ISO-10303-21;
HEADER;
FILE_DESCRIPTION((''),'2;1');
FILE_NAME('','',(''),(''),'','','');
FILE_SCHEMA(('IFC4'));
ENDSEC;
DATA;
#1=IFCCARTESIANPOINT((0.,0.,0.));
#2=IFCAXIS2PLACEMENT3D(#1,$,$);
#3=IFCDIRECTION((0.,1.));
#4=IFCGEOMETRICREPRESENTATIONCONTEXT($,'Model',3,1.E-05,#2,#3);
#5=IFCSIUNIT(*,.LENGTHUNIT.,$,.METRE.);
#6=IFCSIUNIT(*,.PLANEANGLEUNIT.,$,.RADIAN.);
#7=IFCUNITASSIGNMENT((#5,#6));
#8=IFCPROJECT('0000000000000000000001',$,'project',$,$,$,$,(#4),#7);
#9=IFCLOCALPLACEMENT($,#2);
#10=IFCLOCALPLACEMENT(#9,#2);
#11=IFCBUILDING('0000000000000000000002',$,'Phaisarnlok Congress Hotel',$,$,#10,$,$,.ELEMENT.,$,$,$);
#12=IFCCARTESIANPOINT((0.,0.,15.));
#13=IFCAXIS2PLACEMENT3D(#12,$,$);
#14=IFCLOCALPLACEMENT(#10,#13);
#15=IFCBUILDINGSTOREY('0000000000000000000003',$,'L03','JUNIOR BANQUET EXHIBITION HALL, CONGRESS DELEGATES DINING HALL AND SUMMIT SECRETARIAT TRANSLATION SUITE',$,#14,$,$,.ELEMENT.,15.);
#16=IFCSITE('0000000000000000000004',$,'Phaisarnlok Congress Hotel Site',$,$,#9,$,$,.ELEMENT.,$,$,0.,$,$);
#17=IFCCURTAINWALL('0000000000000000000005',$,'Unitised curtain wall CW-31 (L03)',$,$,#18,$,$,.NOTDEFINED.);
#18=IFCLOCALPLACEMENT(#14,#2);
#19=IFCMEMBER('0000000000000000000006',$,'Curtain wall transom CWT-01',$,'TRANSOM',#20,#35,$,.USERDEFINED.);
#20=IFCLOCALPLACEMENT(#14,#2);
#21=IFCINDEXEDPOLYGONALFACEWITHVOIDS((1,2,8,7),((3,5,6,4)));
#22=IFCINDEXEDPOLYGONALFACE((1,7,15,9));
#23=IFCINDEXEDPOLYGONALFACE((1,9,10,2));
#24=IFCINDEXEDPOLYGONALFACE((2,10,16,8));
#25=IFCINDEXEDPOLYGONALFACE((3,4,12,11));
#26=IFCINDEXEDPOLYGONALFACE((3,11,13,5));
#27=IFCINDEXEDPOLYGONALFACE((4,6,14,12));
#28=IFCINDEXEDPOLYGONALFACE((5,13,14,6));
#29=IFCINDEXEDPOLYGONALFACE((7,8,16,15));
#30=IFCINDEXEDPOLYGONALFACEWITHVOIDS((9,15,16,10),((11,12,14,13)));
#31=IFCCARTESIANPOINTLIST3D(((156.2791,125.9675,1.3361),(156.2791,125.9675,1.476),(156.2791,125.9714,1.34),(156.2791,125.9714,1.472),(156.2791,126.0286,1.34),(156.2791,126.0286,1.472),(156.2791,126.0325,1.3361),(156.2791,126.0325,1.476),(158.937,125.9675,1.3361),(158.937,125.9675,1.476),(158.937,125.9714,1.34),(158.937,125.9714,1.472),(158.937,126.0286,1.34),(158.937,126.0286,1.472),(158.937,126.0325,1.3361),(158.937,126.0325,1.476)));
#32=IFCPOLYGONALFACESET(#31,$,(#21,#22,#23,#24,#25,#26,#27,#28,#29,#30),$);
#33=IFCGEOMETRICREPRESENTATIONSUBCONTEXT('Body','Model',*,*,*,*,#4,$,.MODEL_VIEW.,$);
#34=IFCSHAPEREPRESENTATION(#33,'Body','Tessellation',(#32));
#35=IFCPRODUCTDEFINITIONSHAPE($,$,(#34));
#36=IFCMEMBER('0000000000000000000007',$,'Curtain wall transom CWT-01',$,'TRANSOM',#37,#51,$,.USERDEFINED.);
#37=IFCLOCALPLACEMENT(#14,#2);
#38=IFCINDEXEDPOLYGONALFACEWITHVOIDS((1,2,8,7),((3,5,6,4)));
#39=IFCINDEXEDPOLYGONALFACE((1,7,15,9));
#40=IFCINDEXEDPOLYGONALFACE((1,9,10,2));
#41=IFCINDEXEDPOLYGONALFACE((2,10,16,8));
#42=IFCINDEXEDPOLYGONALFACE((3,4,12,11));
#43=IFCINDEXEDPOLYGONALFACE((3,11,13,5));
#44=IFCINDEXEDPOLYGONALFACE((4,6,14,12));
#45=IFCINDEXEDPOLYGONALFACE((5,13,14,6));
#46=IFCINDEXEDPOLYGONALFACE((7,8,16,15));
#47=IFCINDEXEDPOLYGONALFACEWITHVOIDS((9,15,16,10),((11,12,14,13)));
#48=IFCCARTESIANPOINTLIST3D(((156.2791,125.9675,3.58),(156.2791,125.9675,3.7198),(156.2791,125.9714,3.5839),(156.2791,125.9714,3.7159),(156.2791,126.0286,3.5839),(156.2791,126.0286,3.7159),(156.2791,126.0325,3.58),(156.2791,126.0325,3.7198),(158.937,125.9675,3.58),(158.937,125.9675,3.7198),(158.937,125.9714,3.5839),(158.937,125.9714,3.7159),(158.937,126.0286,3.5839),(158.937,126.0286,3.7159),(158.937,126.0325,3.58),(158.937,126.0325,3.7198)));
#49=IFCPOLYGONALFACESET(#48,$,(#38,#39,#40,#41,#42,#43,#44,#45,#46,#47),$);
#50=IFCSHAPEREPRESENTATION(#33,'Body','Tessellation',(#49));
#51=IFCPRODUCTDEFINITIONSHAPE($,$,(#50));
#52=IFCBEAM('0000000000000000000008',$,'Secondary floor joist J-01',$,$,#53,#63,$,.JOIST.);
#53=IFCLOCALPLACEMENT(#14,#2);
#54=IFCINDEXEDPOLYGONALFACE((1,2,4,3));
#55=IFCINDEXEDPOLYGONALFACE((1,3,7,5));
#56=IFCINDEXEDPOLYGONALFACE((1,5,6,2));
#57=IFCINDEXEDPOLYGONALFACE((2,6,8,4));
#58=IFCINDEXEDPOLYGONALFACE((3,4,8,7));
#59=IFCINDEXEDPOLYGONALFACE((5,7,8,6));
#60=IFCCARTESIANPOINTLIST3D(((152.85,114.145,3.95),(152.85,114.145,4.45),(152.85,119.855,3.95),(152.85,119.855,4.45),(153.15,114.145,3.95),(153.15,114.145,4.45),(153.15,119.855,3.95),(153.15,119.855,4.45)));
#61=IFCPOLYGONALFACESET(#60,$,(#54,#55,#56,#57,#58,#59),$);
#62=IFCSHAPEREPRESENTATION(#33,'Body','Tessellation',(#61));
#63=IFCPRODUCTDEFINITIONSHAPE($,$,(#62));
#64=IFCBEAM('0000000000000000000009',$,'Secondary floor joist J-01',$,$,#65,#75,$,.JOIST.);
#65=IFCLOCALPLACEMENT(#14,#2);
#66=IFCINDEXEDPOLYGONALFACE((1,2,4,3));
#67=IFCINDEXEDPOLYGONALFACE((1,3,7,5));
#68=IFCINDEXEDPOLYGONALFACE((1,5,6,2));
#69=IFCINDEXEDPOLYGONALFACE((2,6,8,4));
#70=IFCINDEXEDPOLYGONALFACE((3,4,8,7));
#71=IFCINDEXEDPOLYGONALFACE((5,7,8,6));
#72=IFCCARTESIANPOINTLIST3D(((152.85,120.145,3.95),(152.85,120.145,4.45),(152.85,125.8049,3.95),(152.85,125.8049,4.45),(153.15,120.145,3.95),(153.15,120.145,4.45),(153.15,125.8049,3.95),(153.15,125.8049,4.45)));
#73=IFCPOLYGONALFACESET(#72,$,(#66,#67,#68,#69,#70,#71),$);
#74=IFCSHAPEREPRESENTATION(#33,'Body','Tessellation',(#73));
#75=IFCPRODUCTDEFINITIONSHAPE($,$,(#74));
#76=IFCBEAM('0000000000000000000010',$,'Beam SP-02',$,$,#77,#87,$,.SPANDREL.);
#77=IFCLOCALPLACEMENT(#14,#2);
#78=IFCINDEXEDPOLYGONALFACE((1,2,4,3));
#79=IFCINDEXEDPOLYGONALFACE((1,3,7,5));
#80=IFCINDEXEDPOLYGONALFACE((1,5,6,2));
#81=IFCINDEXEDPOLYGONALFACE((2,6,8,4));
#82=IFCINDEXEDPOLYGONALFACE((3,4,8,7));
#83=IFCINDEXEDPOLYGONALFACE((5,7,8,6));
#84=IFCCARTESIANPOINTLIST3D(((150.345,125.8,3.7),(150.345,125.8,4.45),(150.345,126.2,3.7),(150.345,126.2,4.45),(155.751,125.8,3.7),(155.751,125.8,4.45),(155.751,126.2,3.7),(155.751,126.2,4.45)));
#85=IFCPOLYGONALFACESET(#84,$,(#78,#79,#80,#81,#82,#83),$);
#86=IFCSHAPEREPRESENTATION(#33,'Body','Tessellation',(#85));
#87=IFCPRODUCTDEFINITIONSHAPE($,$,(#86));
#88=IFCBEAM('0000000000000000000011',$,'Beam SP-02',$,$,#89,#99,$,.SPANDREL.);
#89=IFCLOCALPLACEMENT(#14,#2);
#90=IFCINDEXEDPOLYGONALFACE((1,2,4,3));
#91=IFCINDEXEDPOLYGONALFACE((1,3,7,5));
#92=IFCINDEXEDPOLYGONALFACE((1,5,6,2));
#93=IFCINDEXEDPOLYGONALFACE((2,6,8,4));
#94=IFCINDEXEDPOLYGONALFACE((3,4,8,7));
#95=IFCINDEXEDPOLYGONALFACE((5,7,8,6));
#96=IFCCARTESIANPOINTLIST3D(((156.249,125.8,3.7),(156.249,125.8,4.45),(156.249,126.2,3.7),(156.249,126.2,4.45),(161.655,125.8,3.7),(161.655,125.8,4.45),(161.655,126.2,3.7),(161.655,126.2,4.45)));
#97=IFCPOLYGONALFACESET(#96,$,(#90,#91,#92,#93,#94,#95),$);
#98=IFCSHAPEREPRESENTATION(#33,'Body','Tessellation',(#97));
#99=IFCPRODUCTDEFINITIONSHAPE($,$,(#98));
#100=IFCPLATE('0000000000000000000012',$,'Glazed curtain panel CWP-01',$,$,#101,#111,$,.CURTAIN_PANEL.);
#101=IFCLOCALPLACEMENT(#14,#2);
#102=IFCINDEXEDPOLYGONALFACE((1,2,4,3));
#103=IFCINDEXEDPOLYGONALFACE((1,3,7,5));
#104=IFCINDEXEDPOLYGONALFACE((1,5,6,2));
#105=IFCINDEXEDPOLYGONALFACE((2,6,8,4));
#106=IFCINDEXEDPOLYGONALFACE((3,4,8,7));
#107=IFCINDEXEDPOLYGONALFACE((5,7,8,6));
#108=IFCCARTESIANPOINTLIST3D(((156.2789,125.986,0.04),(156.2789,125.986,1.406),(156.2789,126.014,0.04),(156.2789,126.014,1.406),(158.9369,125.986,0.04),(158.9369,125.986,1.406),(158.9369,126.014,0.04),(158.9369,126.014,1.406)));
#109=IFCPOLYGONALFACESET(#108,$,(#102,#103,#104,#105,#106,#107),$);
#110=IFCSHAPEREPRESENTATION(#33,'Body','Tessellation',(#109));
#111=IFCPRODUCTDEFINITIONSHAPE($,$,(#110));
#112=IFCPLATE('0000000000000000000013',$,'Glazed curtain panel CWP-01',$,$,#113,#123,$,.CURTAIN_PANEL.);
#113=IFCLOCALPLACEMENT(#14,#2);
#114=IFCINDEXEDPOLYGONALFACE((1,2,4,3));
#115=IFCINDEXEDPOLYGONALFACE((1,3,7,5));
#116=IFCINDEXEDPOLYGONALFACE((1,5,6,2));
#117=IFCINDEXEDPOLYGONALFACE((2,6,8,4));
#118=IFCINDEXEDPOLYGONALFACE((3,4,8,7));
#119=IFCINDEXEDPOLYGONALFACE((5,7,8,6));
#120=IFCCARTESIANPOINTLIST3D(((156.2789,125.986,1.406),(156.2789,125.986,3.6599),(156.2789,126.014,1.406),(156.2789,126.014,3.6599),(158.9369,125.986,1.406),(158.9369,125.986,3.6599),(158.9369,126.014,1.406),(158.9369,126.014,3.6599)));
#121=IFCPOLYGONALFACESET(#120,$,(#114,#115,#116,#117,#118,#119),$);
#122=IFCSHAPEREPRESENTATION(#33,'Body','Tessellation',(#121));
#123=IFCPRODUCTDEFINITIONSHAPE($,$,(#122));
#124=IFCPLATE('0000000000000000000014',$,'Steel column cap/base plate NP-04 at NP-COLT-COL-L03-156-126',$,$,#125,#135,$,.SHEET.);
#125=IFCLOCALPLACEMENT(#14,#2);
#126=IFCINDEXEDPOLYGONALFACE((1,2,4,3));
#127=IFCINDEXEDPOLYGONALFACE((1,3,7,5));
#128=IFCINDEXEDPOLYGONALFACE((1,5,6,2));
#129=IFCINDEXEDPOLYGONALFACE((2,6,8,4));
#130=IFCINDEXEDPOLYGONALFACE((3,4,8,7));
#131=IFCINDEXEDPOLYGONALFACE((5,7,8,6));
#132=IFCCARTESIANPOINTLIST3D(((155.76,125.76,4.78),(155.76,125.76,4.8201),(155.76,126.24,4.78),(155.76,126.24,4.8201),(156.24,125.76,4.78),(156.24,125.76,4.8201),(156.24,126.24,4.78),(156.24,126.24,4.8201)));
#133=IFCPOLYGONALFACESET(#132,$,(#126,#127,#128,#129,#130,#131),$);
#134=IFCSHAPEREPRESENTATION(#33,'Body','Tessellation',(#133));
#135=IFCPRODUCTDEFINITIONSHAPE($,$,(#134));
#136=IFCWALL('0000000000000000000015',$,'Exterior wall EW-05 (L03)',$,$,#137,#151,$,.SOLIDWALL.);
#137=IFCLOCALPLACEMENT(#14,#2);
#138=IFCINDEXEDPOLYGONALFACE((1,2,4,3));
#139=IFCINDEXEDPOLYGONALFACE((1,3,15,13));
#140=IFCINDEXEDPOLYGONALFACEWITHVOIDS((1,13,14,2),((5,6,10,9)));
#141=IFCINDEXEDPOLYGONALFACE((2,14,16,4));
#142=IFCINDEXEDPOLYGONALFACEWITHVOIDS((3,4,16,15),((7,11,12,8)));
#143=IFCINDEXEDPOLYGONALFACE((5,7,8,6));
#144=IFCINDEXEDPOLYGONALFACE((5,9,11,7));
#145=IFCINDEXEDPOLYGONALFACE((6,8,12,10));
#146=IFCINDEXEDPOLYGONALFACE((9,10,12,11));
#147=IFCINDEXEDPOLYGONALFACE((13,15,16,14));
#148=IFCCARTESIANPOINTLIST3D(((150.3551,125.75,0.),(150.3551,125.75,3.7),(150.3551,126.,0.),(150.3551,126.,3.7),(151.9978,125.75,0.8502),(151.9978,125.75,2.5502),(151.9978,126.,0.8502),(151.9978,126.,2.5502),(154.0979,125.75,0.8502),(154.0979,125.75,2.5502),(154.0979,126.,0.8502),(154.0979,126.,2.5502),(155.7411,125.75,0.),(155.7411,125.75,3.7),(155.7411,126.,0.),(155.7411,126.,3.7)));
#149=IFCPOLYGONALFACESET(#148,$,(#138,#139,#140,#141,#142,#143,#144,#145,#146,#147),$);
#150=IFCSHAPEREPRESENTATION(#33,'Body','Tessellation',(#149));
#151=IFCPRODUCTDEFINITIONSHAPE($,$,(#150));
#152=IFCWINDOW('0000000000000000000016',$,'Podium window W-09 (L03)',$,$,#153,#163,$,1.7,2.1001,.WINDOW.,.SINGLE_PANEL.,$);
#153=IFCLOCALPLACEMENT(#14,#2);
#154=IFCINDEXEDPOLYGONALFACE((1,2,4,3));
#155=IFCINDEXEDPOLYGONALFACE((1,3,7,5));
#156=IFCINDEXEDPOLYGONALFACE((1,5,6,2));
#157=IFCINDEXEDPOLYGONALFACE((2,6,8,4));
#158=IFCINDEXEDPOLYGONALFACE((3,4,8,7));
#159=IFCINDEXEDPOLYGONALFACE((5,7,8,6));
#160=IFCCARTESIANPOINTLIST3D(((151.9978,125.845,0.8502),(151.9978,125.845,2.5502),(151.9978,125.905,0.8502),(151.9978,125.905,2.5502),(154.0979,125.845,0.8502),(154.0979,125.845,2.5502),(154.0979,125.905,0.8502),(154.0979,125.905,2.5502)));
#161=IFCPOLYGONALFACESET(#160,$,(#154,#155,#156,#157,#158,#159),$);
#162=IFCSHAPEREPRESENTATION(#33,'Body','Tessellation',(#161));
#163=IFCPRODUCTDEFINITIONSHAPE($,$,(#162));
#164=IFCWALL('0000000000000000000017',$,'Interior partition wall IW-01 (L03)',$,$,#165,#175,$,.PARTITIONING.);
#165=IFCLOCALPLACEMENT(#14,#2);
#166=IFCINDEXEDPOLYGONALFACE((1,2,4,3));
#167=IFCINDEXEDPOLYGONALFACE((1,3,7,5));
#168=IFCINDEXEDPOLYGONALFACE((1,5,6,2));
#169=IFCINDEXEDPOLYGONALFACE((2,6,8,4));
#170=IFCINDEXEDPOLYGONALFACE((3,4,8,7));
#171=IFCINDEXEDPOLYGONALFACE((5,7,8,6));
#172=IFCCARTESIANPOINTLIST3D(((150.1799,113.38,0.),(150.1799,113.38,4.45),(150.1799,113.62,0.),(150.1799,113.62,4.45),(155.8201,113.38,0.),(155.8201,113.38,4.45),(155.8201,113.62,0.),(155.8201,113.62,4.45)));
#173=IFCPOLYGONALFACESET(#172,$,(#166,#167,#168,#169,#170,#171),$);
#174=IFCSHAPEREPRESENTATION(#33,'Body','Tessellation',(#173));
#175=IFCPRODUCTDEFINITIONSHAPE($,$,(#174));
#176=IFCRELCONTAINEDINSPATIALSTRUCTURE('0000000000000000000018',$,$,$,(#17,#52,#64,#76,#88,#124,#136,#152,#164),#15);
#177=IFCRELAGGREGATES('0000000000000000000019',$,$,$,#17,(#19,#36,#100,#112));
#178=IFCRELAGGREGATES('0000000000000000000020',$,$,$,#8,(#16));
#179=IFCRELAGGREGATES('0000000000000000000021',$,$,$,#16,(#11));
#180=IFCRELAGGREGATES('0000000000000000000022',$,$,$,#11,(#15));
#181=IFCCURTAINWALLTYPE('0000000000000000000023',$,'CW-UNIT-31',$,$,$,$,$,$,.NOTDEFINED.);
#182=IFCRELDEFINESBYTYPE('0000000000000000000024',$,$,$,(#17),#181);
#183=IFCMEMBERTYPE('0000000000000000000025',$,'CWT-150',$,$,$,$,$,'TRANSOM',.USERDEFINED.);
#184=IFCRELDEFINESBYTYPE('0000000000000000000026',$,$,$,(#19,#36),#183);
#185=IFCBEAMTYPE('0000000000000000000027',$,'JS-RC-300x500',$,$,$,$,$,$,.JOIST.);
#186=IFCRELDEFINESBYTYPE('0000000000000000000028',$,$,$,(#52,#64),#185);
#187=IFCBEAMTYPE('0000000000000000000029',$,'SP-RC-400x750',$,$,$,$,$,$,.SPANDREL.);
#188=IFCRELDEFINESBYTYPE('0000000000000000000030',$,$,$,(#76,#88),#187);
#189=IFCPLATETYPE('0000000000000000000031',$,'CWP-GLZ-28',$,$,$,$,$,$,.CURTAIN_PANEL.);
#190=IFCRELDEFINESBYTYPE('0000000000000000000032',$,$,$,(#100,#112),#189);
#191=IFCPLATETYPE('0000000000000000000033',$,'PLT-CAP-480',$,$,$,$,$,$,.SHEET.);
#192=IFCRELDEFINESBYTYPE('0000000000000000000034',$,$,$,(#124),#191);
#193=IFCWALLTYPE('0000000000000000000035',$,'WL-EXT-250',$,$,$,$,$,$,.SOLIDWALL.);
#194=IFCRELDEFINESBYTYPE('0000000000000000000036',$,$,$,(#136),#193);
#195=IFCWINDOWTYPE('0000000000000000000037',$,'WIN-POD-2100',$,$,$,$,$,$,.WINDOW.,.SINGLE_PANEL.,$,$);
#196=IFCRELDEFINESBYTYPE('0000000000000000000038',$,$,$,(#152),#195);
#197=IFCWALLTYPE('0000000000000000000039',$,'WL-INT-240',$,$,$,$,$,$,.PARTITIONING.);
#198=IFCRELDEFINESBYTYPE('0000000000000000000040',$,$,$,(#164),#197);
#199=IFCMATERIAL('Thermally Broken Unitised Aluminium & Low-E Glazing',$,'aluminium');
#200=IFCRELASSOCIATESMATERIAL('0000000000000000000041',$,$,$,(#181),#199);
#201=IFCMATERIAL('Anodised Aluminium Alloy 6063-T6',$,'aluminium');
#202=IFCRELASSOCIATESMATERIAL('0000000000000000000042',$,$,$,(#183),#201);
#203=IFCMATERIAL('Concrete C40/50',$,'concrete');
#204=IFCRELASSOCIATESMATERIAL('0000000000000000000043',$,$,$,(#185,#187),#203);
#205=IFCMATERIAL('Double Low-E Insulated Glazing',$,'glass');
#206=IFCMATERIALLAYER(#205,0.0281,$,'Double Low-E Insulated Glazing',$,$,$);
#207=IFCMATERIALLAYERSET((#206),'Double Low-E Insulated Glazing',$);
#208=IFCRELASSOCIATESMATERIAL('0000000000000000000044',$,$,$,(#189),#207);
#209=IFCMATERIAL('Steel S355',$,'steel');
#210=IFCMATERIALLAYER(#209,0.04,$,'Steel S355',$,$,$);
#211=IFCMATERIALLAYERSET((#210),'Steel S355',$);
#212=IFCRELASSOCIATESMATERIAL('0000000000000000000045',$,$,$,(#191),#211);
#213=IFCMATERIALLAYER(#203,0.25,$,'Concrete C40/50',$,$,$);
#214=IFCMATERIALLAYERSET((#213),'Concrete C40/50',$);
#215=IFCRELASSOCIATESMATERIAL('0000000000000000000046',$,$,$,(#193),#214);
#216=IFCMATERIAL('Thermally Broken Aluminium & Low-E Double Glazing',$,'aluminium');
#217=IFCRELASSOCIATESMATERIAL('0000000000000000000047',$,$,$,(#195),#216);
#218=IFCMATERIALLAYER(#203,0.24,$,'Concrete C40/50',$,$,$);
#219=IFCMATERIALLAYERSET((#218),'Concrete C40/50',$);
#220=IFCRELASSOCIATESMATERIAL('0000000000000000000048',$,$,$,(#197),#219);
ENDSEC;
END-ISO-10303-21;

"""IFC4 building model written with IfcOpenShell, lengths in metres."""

from ifc_helpers import new_model, si_unit, direction, frame, frame_2d, origin, origin_2d, place, context, subcontext, project, spatial, rectangle, hollow_rectangle, extrude, material, layer, layer_set, material_profile, profile_set, type_object, element, fill, aggregate, save


model = new_model("IFC4")

# Units and contexts
model_context = context("Model", 3, precision=1e-05, world=origin(), true_north=direction((0.0, 1.0)))
body_context = subcontext(model_context, "Body", "Model", "MODEL_VIEW")
ifc_project = project(units=[si_unit("LENGTHUNIT", "METRE"), si_unit("PLANEANGLEUNIT", "RADIAN")], contexts=[model_context])

# Site, building, storey
site_placement = place(None, origin())
site = spatial("IfcSite", under=ifc_project, at=site_placement, Name="Phaisarnlok Congress Hotel Site", CompositionType="ELEMENT", RefElevation=0.0)
building_placement = place(site_placement, origin())
building = spatial("IfcBuilding", under=site, at=building_placement, Name="Phaisarnlok Congress Hotel", CompositionType="ELEMENT")
storey_placement = place(building_placement, frame((0.0, 0.0, 15.0)))
storey = spatial("IfcBuildingStorey", under=building, at=storey_placement, Name="L03", Description="JUNIOR BANQUET EXHIBITION HALL, CONGRESS DELEGATES DINING HALL AND SUMMIT SECRETARIAT TRANSLATION SUITE", CompositionType="ELEMENT", Elevation=15.0)

# Shared definitions
ifc_material_1 = material(Name="Steel S355", Category="steel")

# Shared definitions
ifc_material_2 = material(Name="Concrete C40/50", Category="concrete")

# Curtain wall, members
ifc_material_3 = material(Name="Thermally Broken Unitised Aluminium & Low-E Glazing", Category="aluminium")
curtain_wall_type = type_object("IfcCurtainWallType", Name="CW-UNIT-31", PredefinedType="NOTDEFINED", material=ifc_material_3)
curtain_wall_placement = place(storey_placement, origin())
curtain_wall = element("IfcCurtainWall", 1, at=curtain_wall_placement, inside=storey, type_object=curtain_wall_type, Name="Unitised curtain wall CW-31 (L03)", PredefinedType="NOTDEFINED")
ifc_material_4 = material(Name="Anodised Aluminium Alloy 6063-T6", Category="aluminium")
ifc_material_profile_1 = material_profile(ifc_material_4, hollow_rectangle(XDim=0.0649, YDim=0.1399, WallThickness=0.0039, at=origin_2d()), Name="ALU-T 65x140x4")
ifc_profile_set_1 = profile_set([ifc_material_profile_1], Name="Anodised Aluminium Alloy 6063-T6")
member_type_1 = type_object("IfcMemberType", Name="CWT-150", ElementType="TRANSOM", PredefinedType="USERDEFINED", material=ifc_profile_set_1)
member_1_placement = place(storey_placement, frame((158.937, 126.0, 1.406), z_axis=(-1.0, 0.0, 0.0), x_axis=(0.0, -1.0, 0.0)))
member_1 = element("IfcMember", 2, at=member_1_placement, type_object=member_type_1, Name="Curtain wall transom CWT-01", ObjectType="TRANSOM", PredefinedType="USERDEFINED", context=body_context, shape_type="SweptSolid", body=[
    extrude(hollow_rectangle(XDim=0.0649, YDim=0.1399, WallThickness=0.0039, at=origin_2d()), origin(), (0.0, 0.0, 1.0), 2.658),
])
member_2_placement = place(storey_placement, frame((158.937, 126.0, 3.6499), z_axis=(-1.0, 0.0, 0.0), x_axis=(0.0, -1.0, 0.0)))
member_2 = element("IfcMember", 3, at=member_2_placement, type_object=member_type_1, Name="Curtain wall transom CWT-01", ObjectType="TRANSOM", PredefinedType="USERDEFINED", context=body_context, shape_type="SweptSolid", body=[
    extrude(hollow_rectangle(XDim=0.0649, YDim=0.1399, WallThickness=0.0039, at=origin_2d()), origin(), (0.0, 0.0, 1.0), 2.658),
])

# Beams
ifc_material_profile_2 = material_profile(ifc_material_2, rectangle(XDim=0.3, YDim=0.5, at=origin_2d()), Name="RC 300x500")
ifc_profile_set_2 = profile_set([ifc_material_profile_2], Name="Concrete C40/50")
beam_type_1 = type_object("IfcBeamType", Name="JS-RC-300x500", PredefinedType="JOIST", material=ifc_profile_set_2)
beam_1_placement = place(storey_placement, frame((153.0, 114.145, 4.2), z_axis=(0.0, 1.0, 0.0), x_axis=(-1.0, 0.0, 0.0)))
element("IfcBeam", 4, at=beam_1_placement, inside=storey, type_object=beam_type_1, Name="Secondary floor joist J-01", PredefinedType="JOIST", context=body_context, shape_type="SweptSolid", body=[
    extrude(rectangle(XDim=0.3, YDim=0.5, at=origin_2d()), origin(), (0.0, 0.0, 1.0), 5.71),
])
beam_2_placement = place(storey_placement, frame((153.0, 120.145, 4.2), z_axis=(0.0, 1.0, 0.0), x_axis=(-1.0, 0.0, 0.0)))
element("IfcBeam", 5, at=beam_2_placement, inside=storey, type_object=beam_type_1, Name="Secondary floor joist J-01", PredefinedType="JOIST", context=body_context, shape_type="SweptSolid", body=[
    extrude(rectangle(XDim=0.3, YDim=0.5, at=origin_2d()), origin(), (0.0, 0.0, 1.0), 5.6599),
])
ifc_material_profile_3 = material_profile(ifc_material_2, rectangle(XDim=0.3999, YDim=0.75, at=origin_2d()), Name="RC 400x750")
ifc_profile_set_3 = profile_set([ifc_material_profile_3], Name="Concrete C40/50")
beam_type_2 = type_object("IfcBeamType", Name="SP-RC-400x750", PredefinedType="SPANDREL", material=ifc_profile_set_3)
for number, where, z_axis, x_axis, name in (
    (6, (150.345, 126.0, 4.075), (1.0, 0.0, 0.0), (0.0, 1.0, 0.0), "Beam SP-02"),
    (7, (156.249, 126.0, 4.075), (1.0, 0.0, 0.0), (0.0, 1.0, 0.0), "Beam SP-02"),
):
    element("IfcBeam", number, at=place(storey_placement, frame(where, z_axis=z_axis, x_axis=x_axis)), inside=storey, type_object=beam_type_2, Name=name, PredefinedType="SPANDREL", context=body_context, shape_type="SweptSolid", body=[
        extrude(rectangle(XDim=0.3999, YDim=0.75, at=origin_2d()), origin(), (0.0, 0.0, 1.0), 5.406),
    ])

# Plates
ifc_material_5 = material(Name="Double Low-E Insulated Glazing", Category="glass")
ifc_layer_1 = layer(ifc_material_5, 0.0281, Name="Double Low-E Insulated Glazing")
ifc_layer_set_1 = layer_set([ifc_layer_1], Name="Double Low-E Insulated Glazing")
plate_type_1 = type_object("IfcPlateType", Name="CWP-GLZ-28", PredefinedType="CURTAIN_PANEL", material=ifc_layer_set_1)
plate_1_placement = place(storey_placement, frame((158.937, 126.0, 0.04), z_axis=(0.0, 0.0, 1.0), x_axis=(-1.0, 0.0, 0.0)))
plate_1 = element("IfcPlate", 8, at=plate_1_placement, type_object=plate_type_1, Name="Glazed curtain panel CWP-01", PredefinedType="CURTAIN_PANEL", context=body_context, shape_type="SweptSolid", body=[
    extrude(rectangle(XDim=2.658, YDim=0.0281, at=frame_2d((1.3291, 0.0))), origin(), (0.0, 0.0, 1.0), 1.366),
])
plate_2_placement = place(storey_placement, frame((158.937, 126.0, 1.406), z_axis=(0.0, 0.0, 1.0), x_axis=(-1.0, 0.0, 0.0)))
plate_2 = element("IfcPlate", 9, at=plate_2_placement, type_object=plate_type_1, Name="Glazed curtain panel CWP-01", PredefinedType="CURTAIN_PANEL", context=body_context, shape_type="SweptSolid", body=[
    extrude(rectangle(XDim=2.658, YDim=0.0281, at=frame_2d((1.3291, 0.0))), origin(), (0.0, 0.0, 1.0), 2.2539),
])
aggregate(curtain_wall, [member_1, member_2, plate_1, plate_2])
ifc_layer_2 = layer(ifc_material_1, 0.04, Name="Steel S355")
ifc_layer_set_2 = layer_set([ifc_layer_2], Name="Steel S355")
plate_type_2 = type_object("IfcPlateType", Name="PLT-CAP-480", PredefinedType="SHEET", material=ifc_layer_set_2)
plate_3_placement = place(storey_placement, frame((156.0, 126.0, 4.78), z_axis=(0.0, 0.0, 1.0), x_axis=(1.0, 0.0, 0.0)))
element("IfcPlate", 10, at=plate_3_placement, inside=storey, type_object=plate_type_2, Name="Steel column cap/base plate NP-04 at NP-COLT-COL-L03-156-126", PredefinedType="SHEET", context=body_context, shape_type="SweptSolid", body=[
    extrude(rectangle(XDim=0.48, YDim=0.48, at=origin_2d()), origin(), (0.0, 0.0, 1.0), 0.04),
])

# Wall, opening, window
ifc_layer_3 = layer(ifc_material_2, 0.25, Name="Concrete C40/50")
ifc_layer_set_3 = layer_set([ifc_layer_3], Name="Concrete C40/50")
wall_type_1 = type_object("IfcWallType", Name="WL-EXT-250", PredefinedType="SOLIDWALL", material=ifc_layer_set_3)
wall_1_placement = place(storey_placement, frame((155.741, 125.875, 0.0), z_axis=(0.0, 0.0, 1.0), x_axis=(-1.0, 0.0, 0.0)))
wall_1 = element("IfcWall", 11, at=wall_1_placement, inside=storey, type_object=wall_type_1, Name="Exterior wall EW-05 (L03)", PredefinedType="SOLIDWALL", context=body_context, shape_type="SweptSolid", body=[
    extrude(rectangle(XDim=5.386, YDim=0.25, at=frame_2d((2.6929, 0.0))), origin(), (0.0, 0.0, 1.0), 3.7),
])
opening_placement = place(wall_1_placement, frame((1.6431, 0.0, 0.8501)))
opening = element("IfcOpeningElement", 12, at=opening_placement, cuts=wall_1, PredefinedType="OPENING", context=body_context, shape_type="SweptSolid", body=[
    extrude(rectangle(XDim=2.1001, YDim=1.7, at=frame_2d((1.05, 0.8501))), frame((0.0, 0.135, 0.0), z_axis=(0.0, -1.0, 0.0), x_axis=(1.0, 0.0, 0.0)), (0.0, 0.0, 1.0), 0.27),
])
ifc_material_6 = material(Name="Thermally Broken Aluminium & Low-E Double Glazing", Category="aluminium")
window_type = type_object("IfcWindowType", Name="WIN-POD-2100", PartitioningType="SINGLE_PANEL", PredefinedType="WINDOW", material=ifc_material_6)
window_placement = place(opening_placement, origin())
window = element("IfcWindow", 13, at=window_placement, inside=storey, type_object=window_type, Name="Podium window W-09 (L03)", OverallHeight=1.7, OverallWidth=2.1001, PartitioningType="SINGLE_PANEL", PredefinedType="WINDOW", context=body_context, shape_type="SweptSolid", body=[
    extrude(rectangle(XDim=2.1001, YDim=1.7, at=frame_2d((1.05, 0.8501))), frame((0.0, 0.03, 0.0), z_axis=(0.0, -1.0, 0.0), x_axis=(1.0, 0.0, 0.0)), (0.0, 0.0, 1.0), 0.0601),
])
fill(opening, window)

# Wall
ifc_layer_4 = layer(ifc_material_2, 0.24, Name="Concrete C40/50")
ifc_layer_set_4 = layer_set([ifc_layer_4], Name="Concrete C40/50")
wall_type_2 = type_object("IfcWallType", Name="WL-INT-240", PredefinedType="PARTITIONING", material=ifc_layer_set_4)
wall_2_placement = place(storey_placement, frame((150.1799, 113.5, 0.0), z_axis=(0.0, 0.0, 1.0), x_axis=(1.0, 0.0, 0.0)))
element("IfcWall", 14, at=wall_2_placement, inside=storey, type_object=wall_type_2, Name="Interior partition wall IW-01 (L03)", PredefinedType="PARTITIONING", context=body_context, shape_type="SweptSolid", body=[
    extrude(rectangle(XDim=5.6401, YDim=0.24, at=frame_2d((2.8201, 0.0))), origin(), (0.0, 0.0, 1.0), 4.45),
])

save(model, "model.ifc")
